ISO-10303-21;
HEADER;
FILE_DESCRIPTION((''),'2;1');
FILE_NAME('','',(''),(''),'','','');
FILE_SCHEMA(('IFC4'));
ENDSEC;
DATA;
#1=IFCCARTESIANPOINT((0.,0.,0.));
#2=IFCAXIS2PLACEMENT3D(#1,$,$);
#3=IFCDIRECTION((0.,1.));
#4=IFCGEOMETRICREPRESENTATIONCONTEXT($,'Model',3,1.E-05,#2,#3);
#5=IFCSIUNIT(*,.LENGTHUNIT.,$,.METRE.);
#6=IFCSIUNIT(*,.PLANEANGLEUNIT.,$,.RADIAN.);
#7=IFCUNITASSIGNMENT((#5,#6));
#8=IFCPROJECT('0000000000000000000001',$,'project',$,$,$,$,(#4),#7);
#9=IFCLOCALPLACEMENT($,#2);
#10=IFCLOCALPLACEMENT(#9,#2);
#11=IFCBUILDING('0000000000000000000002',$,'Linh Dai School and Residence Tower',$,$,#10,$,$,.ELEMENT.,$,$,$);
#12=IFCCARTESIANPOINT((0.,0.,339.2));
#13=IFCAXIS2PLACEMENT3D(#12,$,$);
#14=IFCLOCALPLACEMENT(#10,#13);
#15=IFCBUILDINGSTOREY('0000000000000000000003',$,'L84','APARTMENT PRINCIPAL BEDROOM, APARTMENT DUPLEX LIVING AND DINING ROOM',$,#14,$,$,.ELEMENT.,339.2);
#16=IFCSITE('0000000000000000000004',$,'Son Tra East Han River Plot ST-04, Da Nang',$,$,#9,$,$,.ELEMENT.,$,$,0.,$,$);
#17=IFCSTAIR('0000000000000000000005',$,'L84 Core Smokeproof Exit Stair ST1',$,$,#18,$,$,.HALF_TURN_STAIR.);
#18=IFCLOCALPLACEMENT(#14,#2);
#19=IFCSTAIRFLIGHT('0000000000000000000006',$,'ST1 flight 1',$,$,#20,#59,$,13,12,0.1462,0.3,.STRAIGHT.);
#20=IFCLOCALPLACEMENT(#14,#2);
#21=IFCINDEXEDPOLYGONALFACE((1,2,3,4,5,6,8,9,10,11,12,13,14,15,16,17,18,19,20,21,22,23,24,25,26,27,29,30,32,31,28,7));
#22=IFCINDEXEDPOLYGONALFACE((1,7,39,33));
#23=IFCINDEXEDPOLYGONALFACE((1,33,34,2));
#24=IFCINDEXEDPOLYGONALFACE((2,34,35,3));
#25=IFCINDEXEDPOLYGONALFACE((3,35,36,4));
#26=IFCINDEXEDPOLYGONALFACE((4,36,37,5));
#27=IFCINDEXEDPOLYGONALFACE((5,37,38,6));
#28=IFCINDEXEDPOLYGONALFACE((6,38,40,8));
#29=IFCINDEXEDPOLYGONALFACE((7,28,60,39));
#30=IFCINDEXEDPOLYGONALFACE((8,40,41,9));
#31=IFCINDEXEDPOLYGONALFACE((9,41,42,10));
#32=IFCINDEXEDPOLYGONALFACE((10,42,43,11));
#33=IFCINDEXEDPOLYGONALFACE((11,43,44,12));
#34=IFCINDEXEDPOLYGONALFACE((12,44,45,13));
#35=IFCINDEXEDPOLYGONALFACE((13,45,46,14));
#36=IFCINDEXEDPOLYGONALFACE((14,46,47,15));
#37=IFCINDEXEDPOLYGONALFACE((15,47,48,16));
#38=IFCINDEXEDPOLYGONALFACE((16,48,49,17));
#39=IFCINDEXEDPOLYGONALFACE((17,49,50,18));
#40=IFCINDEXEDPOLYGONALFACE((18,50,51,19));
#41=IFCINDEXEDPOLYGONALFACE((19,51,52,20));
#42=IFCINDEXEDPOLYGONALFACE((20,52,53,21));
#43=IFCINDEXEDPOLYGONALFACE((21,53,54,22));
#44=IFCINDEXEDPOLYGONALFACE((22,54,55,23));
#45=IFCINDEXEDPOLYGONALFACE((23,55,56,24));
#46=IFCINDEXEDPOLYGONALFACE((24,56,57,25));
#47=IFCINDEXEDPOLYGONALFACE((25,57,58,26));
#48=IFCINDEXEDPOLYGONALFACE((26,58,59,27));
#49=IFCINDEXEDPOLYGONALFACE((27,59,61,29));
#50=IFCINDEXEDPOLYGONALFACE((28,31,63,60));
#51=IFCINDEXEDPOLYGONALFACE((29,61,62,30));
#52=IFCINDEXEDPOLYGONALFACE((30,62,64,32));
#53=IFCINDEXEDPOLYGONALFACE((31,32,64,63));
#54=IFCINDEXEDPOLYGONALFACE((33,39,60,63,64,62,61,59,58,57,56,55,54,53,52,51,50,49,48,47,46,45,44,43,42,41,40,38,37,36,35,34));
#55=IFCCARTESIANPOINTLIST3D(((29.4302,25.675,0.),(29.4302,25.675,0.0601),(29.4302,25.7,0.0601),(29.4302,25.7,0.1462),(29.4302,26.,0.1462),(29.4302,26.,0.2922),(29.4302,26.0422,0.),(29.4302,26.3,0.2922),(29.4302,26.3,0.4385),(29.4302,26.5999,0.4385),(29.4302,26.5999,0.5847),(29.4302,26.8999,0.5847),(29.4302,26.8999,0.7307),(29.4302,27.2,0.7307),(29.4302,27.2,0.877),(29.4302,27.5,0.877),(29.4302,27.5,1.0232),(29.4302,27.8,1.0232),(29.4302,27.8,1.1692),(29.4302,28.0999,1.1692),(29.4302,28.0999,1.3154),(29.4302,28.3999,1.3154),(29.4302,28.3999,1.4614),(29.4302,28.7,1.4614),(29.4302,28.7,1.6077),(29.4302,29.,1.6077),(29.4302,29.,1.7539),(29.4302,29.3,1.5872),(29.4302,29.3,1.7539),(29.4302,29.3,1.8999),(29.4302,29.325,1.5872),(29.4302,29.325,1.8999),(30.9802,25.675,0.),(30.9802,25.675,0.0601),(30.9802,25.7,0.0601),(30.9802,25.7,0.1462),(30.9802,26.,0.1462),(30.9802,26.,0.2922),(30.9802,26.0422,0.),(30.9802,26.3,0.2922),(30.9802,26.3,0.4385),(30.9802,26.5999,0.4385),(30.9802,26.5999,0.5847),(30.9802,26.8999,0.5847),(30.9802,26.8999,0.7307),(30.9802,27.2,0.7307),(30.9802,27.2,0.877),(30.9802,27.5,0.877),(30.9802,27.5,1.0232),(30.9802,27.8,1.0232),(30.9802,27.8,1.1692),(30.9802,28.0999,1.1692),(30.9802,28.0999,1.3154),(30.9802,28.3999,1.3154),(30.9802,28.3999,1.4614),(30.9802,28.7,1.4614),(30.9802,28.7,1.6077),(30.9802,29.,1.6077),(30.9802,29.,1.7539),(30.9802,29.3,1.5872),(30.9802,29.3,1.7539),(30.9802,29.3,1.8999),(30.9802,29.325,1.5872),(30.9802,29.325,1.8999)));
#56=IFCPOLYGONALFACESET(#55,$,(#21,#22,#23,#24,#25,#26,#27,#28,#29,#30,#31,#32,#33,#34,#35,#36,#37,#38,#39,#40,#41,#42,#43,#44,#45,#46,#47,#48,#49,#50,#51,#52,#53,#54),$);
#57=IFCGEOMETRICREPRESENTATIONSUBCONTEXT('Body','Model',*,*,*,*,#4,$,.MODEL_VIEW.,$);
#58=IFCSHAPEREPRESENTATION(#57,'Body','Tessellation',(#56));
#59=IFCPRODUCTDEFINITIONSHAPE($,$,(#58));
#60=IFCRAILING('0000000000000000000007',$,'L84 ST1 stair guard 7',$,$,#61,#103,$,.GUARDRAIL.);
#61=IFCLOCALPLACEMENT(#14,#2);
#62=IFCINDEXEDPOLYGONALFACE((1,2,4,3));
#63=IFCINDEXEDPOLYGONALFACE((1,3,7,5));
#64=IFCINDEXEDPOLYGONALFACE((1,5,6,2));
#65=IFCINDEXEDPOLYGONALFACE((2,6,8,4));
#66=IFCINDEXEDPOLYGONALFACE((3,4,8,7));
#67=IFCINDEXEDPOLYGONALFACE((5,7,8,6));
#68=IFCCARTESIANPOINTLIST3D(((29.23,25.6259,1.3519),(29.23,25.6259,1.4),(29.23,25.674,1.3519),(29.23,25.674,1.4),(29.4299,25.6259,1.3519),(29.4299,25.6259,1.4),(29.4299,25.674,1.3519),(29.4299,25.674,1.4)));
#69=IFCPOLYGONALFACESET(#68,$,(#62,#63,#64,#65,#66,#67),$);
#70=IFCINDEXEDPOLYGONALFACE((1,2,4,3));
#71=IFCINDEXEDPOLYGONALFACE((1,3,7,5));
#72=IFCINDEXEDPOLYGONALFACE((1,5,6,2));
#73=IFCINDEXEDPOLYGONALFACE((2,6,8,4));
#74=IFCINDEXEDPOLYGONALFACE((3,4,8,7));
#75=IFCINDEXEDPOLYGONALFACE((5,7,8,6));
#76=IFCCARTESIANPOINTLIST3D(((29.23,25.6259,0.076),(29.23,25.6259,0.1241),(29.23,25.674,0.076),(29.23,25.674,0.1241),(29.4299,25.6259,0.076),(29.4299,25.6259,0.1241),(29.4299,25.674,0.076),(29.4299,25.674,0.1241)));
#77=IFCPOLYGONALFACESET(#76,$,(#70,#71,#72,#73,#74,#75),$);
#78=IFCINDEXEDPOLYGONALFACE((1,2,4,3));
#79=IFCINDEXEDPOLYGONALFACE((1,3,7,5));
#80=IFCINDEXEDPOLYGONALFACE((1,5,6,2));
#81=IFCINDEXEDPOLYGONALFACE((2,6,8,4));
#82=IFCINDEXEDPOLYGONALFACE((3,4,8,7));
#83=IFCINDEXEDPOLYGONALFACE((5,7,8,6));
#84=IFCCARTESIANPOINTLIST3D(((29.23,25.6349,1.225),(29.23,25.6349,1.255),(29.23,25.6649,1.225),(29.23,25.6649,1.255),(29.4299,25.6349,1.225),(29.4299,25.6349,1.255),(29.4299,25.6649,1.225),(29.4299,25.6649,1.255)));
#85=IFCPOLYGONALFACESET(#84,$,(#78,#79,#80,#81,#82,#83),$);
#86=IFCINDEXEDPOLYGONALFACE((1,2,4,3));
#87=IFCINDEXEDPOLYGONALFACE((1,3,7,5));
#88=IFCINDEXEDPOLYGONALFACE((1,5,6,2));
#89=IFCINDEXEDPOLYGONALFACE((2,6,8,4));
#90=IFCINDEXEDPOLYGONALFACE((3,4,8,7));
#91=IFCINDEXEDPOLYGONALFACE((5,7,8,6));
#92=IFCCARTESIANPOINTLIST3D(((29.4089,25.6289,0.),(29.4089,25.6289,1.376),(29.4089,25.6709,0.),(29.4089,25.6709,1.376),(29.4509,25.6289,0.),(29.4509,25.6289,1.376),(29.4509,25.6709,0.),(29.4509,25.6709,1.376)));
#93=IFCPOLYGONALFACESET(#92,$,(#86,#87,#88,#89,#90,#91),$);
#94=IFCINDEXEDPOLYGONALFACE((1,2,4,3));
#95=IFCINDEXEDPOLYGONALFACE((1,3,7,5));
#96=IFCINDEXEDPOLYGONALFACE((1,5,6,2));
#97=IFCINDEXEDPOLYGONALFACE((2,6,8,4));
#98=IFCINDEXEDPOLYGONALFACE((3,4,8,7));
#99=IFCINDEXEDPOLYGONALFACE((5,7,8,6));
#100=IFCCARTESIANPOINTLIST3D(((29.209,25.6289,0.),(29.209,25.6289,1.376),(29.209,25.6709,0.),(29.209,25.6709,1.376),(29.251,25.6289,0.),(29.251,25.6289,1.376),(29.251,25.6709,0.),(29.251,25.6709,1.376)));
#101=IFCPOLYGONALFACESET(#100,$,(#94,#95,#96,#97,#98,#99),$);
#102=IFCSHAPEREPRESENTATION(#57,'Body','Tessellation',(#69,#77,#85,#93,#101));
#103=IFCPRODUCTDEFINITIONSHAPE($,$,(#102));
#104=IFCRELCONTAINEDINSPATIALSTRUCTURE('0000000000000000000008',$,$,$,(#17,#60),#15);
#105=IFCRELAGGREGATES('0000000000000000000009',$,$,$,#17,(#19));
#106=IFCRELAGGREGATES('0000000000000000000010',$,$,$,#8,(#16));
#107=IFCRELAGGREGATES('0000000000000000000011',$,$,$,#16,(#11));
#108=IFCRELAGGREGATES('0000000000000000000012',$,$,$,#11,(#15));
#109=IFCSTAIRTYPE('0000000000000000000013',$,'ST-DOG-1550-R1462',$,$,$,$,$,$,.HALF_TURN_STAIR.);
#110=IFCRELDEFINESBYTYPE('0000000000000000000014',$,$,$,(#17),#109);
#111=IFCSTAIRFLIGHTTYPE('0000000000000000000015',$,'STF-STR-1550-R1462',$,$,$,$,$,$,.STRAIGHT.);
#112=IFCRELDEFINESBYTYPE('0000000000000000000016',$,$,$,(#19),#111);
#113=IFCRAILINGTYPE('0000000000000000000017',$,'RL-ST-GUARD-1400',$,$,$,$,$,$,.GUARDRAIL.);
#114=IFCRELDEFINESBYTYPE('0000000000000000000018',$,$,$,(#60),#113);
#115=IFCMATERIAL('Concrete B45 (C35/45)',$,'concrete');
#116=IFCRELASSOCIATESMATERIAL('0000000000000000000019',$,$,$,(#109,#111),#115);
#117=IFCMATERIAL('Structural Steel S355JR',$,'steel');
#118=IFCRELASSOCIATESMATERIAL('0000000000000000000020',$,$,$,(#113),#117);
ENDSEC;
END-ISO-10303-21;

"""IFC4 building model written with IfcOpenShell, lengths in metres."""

from ifc_helpers import new_model, si_unit, direction, frame, origin, origin_2d, place, context, subcontext, project, spatial, polyline, rectangle, outline, extrude, source, transform, mapped, material, type_object, element, aggregate, save


model = new_model("IFC4")

# Units and contexts
model_context = context("Model", 3, precision=1e-05, world=origin(), true_north=direction((0.0, 1.0)))
body_context = subcontext(model_context, "Body", "Model", "MODEL_VIEW")
ifc_project = project(units=[si_unit("LENGTHUNIT", "METRE"), si_unit("PLANEANGLEUNIT", "RADIAN")], contexts=[model_context])

# Site, building, storey
site_placement = place(None, origin())
site = spatial("IfcSite", under=ifc_project, at=site_placement, Name="Son Tra East Han River Plot ST-04, Da Nang", CompositionType="ELEMENT", RefElevation=0.0)
building_placement = place(site_placement, origin())
building = spatial("IfcBuilding", under=site, at=building_placement, Name="Linh Dai School and Residence Tower", CompositionType="ELEMENT")
storey_placement = place(building_placement, frame((0.0, 0.0, 339.2)))
storey = spatial("IfcBuildingStorey", under=building, at=storey_placement, Name="L84", Description="APARTMENT PRINCIPAL BEDROOM, APARTMENT DUPLEX LIVING AND DINING ROOM", CompositionType="ELEMENT", Elevation=339.2)

# Shared definitions
ifc_material_1 = material(Name="Structural Steel S355JR", Category="steel")

# Shared definitions
ifc_material_2 = material(Name="Concrete B45 (C35/45)", Category="concrete")

# Stair, stair flight
stair_type = type_object("IfcStairType", Name="ST-DOG-1550-R1462", PredefinedType="HALF_TURN_STAIR", material=ifc_material_2)
stair_placement = place(storey_placement, origin())
stair = element("IfcStair", 1, at=stair_placement, inside=storey, type_object=stair_type, Name="L84 Core Smokeproof Exit Stair ST1", PredefinedType="HALF_TURN_STAIR")
stair_flight_type = type_object("IfcStairFlightType", Name="STF-STR-1550-R1462", PredefinedType="STRAIGHT", material=ifc_material_2)
shared_shape_1 = source(origin(), body_context, "Body", "SweptSolid", [
    extrude(outline(polyline([(-0.0249, 0.0), (-0.0249, 0.0601), (0.0, 0.0601), (0.0, 0.1462), (0.3, 0.1462), (0.3, 0.2922), (0.6001, 0.2922), (0.6001, 0.4385), (0.8999, 0.4385), (0.8999, 0.5847), (1.2, 0.5847), (1.2, 0.7307), (1.5, 0.7307), (1.5, 0.877), (1.8, 0.877), (1.8, 1.0232), (2.1001, 1.0232), (2.1001, 1.1692), (2.3999, 1.1692), (2.3999, 1.3154), (2.7, 1.3154), (2.7, 1.4614), (3.0, 1.4614), (3.0, 1.6077), (3.3, 1.6077), (3.3, 1.7539), (3.6001, 1.7539), (3.6001, 1.8999), (3.625, 1.8999), (3.625, 1.5872), (3.6001, 1.5872), (0.3423, 0.0), (-0.0249, 0.0)])), frame((0.0, 0.7749, 0.0), z_axis=(0.0, -1.0, 0.0), x_axis=(1.0, 0.0, 0.0)), (0.0, 0.0, 1.0), 1.55),
])
stair_flight_placement = place(storey_placement, frame((30.2051, 25.7, 0.0), z_axis=(0.0, 0.0, 1.0), x_axis=(0.0, 1.0, 0.0)))
stair_flight = element("IfcStairFlight", 2, at=stair_flight_placement, type_object=stair_flight_type, Name="ST1 flight 1", NumberOfRisers=13, NumberOfTreads=12, PredefinedType="STRAIGHT", RiserHeight=0.1462, TreadLength=0.3, context=body_context, shape_type="MappedRepresentation", body=[
    mapped(shared_shape_1, transform((0.0, 0.0, 0.0), x_axis=(1.0, 0.0, 0.0), y_axis=(0.0, 1.0, 0.0), z_axis=(0.0, 0.0, 1.0), scale=1.0)),
])
aggregate(stair, [stair_flight])

# Railing
railing_type_1 = type_object("IfcRailingType", Name="RL-ST-GUARD-1400", PredefinedType="GUARDRAIL", material=ifc_material_1)
shared_shape_2 = source(origin(), body_context, "Body", "SweptSolid", [
    extrude(rectangle(XDim=0.0481, YDim=0.0481, at=origin_2d()), frame((0.0, 0.0, 1.376), z_axis=(-1.0, 0.0, 0.0), x_axis=(0.0, -1.0, 0.0)), (0.0, 0.0, 1.0), 0.2),
    extrude(rectangle(XDim=0.0481, YDim=0.0481, at=origin_2d()), frame((0.0, 0.0, 0.1001), z_axis=(-1.0, 0.0, 0.0), x_axis=(0.0, -1.0, 0.0)), (0.0, 0.0, 1.0), 0.2),
    extrude(rectangle(XDim=0.03, YDim=0.03, at=origin_2d()), frame((0.0, 0.0, 1.24), z_axis=(-1.0, 0.0, 0.0), x_axis=(0.0, -1.0, 0.0)), (0.0, 0.0, 1.0), 0.2),
    extrude(rectangle(XDim=0.042, YDim=0.042, at=origin_2d()), origin(), (0.0, 0.0, 1.0), 1.376),
    extrude(rectangle(XDim=0.042, YDim=0.042, at=origin_2d()), frame((-0.2, 0.0, 0.0)), (0.0, 0.0, 1.0), 1.376),
])
railing_1_placement = place(storey_placement, frame((29.4299, 25.6499, 0.0)))
element("IfcRailing", 3, at=railing_1_placement, inside=storey, type_object=railing_type_1, Name="L84 ST1 stair guard 7", PredefinedType="GUARDRAIL", context=body_context, shape_type="MappedRepresentation", body=[
    mapped(shared_shape_2, transform((0.0, 0.0, 0.0), x_axis=(1.0, 0.0, 0.0), y_axis=(0.0, 1.0, 0.0), z_axis=(0.0, 0.0, 1.0), scale=1.0)),
])

save(model, "model.ifc")
